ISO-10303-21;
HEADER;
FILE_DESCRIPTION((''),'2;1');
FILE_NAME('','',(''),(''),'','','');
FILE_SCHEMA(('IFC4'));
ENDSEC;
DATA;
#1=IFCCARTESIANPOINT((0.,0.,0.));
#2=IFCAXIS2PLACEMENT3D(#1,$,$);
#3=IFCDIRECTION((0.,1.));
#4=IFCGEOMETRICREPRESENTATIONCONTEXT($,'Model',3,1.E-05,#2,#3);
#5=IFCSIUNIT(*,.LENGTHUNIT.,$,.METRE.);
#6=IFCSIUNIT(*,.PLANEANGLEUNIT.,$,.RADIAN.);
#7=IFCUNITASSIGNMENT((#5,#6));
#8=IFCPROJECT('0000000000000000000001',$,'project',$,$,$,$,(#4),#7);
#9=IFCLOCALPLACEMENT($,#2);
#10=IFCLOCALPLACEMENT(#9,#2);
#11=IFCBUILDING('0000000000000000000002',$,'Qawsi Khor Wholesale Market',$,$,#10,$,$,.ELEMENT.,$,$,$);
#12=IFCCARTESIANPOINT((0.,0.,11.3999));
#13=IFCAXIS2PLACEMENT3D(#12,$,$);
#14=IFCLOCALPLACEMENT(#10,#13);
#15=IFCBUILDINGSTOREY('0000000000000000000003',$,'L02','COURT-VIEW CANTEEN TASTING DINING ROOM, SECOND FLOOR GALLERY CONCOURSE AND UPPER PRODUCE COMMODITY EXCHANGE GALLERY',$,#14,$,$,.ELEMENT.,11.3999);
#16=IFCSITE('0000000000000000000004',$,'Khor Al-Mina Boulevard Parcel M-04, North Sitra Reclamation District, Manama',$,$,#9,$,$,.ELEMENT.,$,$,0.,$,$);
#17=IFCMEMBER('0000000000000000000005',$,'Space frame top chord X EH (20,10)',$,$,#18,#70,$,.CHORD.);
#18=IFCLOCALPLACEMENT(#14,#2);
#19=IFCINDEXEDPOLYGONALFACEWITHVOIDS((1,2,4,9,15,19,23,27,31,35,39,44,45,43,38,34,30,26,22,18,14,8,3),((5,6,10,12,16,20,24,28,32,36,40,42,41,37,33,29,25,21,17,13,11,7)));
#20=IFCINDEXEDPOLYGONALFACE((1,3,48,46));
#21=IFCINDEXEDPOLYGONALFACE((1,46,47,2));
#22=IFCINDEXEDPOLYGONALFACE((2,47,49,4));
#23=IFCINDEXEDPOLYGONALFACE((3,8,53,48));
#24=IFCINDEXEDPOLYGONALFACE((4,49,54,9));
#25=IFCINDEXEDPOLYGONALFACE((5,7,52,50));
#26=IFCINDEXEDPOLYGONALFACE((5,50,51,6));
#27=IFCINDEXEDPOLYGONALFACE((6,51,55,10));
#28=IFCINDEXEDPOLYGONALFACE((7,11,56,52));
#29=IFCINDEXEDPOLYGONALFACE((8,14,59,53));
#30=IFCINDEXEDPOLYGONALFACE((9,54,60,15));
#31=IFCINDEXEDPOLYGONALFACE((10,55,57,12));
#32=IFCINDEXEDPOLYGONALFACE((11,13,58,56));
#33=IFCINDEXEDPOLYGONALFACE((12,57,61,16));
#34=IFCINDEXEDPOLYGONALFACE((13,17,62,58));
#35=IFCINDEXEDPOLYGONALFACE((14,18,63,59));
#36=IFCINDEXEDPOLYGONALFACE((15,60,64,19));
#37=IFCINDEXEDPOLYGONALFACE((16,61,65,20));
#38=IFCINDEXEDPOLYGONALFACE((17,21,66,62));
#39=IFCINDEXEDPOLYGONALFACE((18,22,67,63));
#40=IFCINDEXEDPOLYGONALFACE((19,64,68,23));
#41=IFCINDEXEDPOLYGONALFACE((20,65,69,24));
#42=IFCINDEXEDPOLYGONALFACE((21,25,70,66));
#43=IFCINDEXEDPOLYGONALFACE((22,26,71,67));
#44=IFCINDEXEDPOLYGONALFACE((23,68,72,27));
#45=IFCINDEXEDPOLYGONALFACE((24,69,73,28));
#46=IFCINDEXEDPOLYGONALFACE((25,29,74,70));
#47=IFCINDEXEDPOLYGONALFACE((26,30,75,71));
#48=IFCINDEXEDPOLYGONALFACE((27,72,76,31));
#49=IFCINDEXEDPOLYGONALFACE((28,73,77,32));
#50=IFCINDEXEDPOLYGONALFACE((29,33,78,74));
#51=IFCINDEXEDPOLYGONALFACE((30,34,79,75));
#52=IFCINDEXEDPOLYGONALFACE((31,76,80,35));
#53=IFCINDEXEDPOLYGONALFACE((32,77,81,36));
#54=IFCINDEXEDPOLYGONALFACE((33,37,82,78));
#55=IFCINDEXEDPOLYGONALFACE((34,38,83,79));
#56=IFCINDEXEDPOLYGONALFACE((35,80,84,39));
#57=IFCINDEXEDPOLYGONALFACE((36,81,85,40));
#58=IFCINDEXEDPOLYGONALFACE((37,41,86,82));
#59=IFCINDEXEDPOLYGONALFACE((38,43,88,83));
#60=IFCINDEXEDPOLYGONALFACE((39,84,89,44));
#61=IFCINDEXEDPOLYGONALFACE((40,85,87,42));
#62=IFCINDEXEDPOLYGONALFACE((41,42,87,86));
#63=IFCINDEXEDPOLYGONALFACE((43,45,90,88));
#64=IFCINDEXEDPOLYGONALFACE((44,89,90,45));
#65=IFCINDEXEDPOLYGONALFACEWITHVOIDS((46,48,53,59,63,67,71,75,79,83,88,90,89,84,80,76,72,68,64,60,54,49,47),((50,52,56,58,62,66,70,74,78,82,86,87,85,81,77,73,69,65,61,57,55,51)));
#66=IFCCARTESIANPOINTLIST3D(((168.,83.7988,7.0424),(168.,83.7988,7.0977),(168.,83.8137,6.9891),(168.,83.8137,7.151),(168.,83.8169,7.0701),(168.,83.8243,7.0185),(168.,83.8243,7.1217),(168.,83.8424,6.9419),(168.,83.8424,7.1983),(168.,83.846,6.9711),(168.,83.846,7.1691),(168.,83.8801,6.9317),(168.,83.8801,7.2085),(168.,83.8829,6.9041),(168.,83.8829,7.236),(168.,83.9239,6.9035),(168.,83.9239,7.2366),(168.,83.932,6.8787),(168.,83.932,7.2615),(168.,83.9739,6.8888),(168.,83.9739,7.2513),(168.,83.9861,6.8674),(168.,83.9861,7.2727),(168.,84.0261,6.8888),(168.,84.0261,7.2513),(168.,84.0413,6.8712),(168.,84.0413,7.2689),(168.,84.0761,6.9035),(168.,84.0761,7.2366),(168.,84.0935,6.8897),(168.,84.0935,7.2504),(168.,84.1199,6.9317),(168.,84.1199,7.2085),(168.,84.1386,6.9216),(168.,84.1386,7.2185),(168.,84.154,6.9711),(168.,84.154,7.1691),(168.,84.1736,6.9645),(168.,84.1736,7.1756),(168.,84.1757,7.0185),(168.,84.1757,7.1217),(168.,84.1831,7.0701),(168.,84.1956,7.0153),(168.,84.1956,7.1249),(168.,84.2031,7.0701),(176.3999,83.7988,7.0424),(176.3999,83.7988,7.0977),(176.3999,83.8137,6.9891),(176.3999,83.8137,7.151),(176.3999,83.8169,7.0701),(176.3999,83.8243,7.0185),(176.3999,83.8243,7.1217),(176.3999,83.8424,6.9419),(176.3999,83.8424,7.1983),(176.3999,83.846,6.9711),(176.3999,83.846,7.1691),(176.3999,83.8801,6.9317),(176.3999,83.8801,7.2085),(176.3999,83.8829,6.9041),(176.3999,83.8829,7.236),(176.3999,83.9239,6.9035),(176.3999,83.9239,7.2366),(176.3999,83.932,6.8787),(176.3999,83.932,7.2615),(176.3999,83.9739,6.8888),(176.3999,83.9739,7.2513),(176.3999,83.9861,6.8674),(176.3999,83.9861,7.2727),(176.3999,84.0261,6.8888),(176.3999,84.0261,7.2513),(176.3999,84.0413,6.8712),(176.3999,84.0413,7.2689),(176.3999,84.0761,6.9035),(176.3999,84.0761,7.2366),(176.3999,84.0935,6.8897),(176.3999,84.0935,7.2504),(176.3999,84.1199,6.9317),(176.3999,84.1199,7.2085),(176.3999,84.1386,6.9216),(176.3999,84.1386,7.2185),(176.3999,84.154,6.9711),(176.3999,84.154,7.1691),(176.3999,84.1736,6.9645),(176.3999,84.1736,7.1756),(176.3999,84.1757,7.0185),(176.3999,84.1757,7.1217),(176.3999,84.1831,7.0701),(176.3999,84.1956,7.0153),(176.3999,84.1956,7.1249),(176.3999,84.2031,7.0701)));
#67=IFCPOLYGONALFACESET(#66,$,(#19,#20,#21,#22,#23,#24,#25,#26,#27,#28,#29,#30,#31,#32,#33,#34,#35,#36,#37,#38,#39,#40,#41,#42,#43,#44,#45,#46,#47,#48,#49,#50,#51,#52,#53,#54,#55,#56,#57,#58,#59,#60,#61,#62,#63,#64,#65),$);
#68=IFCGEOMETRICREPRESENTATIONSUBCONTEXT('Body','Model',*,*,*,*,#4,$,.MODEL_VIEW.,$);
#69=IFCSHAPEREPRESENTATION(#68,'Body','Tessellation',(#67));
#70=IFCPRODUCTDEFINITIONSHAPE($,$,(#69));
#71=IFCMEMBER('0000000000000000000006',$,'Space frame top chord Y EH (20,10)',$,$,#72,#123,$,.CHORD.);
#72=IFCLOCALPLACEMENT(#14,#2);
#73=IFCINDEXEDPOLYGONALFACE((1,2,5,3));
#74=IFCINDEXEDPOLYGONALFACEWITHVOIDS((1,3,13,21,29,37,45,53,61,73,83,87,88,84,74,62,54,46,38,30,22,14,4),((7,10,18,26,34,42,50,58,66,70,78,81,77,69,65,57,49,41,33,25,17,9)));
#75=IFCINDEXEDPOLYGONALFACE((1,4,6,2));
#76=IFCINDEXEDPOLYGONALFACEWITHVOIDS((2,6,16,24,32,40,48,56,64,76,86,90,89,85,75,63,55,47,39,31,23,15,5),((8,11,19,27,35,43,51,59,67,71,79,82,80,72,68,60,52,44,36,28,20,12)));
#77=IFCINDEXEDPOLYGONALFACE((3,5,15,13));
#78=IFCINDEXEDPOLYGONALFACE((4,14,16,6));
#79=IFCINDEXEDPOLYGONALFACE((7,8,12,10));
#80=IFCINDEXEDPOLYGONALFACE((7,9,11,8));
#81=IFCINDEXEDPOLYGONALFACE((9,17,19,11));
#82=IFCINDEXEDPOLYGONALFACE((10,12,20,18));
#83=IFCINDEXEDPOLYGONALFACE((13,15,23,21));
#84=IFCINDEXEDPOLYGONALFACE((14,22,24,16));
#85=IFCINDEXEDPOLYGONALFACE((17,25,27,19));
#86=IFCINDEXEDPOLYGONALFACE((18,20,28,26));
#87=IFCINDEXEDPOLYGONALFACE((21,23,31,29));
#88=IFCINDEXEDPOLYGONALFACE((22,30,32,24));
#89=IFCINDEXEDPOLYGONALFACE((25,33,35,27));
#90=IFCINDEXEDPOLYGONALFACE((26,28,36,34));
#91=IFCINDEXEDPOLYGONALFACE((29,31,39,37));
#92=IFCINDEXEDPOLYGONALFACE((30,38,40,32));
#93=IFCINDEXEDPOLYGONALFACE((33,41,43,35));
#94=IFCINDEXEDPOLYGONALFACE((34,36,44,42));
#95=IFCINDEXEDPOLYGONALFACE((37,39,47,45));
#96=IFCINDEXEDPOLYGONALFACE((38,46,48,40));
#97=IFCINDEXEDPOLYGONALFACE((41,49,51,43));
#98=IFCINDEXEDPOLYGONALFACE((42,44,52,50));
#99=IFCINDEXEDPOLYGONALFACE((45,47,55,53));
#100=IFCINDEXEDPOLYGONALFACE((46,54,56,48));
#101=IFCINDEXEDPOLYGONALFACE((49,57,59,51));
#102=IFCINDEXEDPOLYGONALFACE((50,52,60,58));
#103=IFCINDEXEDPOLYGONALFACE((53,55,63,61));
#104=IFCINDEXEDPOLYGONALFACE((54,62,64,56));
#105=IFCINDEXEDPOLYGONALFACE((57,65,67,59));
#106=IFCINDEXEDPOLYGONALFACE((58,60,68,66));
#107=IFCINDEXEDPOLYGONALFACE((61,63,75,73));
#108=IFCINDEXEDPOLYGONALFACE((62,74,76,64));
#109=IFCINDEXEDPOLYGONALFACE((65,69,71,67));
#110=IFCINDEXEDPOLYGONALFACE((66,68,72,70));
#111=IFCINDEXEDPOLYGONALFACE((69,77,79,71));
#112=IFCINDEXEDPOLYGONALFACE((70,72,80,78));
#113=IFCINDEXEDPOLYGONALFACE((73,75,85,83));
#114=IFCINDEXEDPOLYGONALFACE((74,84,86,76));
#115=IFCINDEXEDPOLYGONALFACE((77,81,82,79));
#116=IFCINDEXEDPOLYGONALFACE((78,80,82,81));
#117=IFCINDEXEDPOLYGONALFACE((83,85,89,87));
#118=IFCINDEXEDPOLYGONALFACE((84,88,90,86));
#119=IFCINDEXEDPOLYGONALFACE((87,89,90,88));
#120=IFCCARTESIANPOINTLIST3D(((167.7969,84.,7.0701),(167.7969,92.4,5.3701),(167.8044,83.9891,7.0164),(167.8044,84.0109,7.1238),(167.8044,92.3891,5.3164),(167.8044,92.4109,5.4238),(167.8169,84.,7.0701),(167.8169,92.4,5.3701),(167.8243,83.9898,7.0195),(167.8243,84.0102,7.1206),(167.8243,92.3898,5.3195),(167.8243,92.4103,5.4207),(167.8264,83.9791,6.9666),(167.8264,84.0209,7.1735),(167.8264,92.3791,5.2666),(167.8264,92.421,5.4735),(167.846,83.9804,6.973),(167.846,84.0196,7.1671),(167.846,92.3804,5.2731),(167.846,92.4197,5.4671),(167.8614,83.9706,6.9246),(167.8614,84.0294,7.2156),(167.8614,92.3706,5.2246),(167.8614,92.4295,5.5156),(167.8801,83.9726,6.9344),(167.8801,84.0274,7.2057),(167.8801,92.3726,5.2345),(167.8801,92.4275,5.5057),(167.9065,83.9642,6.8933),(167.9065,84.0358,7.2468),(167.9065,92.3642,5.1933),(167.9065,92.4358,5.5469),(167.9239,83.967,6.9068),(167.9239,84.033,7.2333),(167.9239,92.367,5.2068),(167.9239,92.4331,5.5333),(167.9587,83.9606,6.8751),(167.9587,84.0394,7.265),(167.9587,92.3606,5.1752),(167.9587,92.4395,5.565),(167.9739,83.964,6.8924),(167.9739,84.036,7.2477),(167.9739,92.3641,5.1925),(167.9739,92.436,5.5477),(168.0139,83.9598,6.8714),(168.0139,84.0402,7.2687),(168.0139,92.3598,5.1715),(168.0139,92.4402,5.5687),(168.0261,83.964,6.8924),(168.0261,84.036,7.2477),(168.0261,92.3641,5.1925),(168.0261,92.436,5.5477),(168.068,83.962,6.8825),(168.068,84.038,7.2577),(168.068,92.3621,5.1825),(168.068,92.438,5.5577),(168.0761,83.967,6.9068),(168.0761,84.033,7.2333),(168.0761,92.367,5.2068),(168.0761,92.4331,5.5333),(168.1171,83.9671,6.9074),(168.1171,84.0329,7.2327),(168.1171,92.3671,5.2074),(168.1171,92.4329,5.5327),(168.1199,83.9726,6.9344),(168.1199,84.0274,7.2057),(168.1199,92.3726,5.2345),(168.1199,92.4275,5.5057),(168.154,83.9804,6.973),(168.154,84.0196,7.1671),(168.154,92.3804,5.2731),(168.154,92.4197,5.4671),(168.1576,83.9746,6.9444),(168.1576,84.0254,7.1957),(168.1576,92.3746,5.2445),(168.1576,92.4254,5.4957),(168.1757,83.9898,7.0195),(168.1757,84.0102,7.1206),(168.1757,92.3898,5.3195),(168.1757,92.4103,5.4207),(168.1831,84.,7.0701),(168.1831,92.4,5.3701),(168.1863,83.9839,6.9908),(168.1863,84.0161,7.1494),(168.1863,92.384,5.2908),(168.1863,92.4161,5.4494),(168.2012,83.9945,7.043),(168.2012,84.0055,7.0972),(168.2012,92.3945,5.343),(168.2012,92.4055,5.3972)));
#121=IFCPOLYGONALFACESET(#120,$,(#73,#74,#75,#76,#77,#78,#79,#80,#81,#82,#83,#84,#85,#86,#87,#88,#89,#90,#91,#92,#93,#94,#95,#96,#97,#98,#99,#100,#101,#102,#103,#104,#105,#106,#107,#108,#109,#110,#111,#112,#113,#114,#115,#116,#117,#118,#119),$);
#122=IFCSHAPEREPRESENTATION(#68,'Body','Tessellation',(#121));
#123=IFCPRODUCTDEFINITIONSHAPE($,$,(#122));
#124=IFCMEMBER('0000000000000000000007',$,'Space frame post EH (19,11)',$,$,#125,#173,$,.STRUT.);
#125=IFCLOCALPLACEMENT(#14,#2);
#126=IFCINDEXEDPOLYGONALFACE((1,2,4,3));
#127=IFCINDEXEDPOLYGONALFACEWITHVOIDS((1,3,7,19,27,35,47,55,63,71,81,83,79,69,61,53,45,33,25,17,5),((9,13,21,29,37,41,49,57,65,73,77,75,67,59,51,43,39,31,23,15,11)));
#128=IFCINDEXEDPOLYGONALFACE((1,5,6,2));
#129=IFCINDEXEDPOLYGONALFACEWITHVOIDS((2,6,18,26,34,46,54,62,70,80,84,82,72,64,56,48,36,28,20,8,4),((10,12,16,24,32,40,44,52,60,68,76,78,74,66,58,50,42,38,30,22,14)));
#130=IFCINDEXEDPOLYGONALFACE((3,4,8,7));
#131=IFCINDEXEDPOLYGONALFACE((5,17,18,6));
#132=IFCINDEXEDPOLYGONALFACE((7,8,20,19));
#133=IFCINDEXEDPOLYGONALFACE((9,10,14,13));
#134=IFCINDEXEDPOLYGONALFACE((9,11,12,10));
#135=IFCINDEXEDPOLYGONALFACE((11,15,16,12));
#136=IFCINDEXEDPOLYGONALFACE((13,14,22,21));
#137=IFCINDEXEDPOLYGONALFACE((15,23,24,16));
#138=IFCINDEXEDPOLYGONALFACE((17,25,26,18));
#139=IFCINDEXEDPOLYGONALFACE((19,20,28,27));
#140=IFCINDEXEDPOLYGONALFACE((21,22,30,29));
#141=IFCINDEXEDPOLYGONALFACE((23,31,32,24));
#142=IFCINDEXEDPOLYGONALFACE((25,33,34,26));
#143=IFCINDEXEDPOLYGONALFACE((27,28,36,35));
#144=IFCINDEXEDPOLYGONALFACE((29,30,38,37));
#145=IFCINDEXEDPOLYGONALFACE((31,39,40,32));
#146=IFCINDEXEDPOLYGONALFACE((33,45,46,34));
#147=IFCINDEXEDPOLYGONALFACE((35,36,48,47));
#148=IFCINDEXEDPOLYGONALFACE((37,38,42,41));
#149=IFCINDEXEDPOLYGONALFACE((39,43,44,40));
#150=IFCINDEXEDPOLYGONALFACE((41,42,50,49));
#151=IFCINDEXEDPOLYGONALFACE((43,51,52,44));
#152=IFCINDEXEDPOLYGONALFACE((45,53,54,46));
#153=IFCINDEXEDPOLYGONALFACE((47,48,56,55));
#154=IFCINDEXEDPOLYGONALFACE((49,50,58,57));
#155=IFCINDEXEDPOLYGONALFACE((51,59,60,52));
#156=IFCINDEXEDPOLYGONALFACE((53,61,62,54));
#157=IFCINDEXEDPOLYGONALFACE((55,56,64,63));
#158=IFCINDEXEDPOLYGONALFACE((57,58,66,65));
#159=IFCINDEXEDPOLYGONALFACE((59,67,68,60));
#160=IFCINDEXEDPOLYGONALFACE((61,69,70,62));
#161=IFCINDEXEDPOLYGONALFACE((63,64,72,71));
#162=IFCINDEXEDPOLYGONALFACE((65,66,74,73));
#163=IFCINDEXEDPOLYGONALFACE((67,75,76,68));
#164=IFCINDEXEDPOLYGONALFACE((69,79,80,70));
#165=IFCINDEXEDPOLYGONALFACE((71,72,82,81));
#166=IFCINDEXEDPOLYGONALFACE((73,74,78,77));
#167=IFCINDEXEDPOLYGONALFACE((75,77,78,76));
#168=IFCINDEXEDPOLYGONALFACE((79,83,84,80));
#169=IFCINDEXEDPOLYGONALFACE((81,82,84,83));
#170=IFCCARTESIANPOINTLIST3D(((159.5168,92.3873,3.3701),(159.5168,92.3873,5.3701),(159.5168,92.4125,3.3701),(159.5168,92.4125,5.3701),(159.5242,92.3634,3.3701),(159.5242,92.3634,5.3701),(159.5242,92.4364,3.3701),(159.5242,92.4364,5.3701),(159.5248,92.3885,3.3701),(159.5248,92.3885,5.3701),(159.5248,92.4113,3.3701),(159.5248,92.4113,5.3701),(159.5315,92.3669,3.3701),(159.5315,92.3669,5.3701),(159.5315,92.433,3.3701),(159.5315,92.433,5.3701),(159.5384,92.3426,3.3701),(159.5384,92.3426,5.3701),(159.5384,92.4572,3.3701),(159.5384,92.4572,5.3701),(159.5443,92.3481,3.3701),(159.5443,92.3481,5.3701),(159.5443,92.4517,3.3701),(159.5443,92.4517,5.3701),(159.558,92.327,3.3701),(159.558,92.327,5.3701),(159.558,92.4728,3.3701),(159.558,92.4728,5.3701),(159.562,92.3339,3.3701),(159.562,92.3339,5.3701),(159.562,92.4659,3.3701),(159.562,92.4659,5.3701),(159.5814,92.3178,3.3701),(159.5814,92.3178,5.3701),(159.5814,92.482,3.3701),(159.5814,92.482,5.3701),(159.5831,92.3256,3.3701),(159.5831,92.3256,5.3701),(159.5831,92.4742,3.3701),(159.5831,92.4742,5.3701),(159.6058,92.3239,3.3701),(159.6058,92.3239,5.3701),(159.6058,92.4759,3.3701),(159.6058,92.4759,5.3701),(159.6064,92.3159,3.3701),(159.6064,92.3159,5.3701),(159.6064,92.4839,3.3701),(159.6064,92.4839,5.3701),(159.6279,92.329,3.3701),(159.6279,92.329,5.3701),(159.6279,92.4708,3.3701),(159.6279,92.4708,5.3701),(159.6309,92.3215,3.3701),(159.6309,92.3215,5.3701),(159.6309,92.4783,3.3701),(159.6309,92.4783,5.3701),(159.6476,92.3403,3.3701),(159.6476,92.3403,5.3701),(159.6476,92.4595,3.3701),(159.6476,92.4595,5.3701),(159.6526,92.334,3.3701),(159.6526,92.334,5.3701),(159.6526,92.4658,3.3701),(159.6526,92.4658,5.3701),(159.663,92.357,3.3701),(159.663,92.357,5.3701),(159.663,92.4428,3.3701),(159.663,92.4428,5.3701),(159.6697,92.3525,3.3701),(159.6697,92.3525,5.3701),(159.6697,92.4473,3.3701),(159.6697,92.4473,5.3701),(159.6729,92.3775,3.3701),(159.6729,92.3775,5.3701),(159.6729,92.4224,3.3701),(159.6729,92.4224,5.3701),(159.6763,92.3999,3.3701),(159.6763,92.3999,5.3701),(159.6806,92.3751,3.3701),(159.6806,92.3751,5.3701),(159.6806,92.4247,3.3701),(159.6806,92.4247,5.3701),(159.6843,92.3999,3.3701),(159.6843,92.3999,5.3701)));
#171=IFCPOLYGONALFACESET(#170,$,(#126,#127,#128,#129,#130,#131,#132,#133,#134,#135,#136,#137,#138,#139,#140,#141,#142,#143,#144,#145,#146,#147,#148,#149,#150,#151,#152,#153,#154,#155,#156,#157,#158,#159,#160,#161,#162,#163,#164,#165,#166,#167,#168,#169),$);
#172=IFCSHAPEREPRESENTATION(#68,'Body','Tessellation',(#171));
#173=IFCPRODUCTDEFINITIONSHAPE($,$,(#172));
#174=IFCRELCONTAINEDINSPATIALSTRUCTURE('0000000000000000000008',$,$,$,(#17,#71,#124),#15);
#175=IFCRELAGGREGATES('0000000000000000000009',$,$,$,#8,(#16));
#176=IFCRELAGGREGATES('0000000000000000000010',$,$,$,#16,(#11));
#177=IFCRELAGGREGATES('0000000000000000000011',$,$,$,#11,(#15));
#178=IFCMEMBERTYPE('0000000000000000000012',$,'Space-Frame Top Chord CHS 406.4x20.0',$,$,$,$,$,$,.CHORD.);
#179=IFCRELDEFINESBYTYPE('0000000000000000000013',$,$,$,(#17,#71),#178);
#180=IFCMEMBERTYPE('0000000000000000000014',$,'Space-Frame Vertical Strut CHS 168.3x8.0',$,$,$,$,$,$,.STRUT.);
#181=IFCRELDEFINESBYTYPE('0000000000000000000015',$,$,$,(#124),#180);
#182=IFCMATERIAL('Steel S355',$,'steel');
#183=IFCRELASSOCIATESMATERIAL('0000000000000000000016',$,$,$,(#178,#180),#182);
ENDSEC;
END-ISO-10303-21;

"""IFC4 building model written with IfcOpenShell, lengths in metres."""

from ifc_helpers import new_model, si_unit, direction, frame, origin, origin_2d, place, context, subcontext, project, spatial, hollow_circle, extrude, material, material_profile, profile_set, type_object, element, save


model = new_model("IFC4")

# Units and contexts
model_context = context("Model", 3, precision=1e-05, world=origin(), true_north=direction((0.0, 1.0)))
body_context = subcontext(model_context, "Body", "Model", "MODEL_VIEW")
ifc_project = project(units=[si_unit("LENGTHUNIT", "METRE"), si_unit("PLANEANGLEUNIT", "RADIAN")], contexts=[model_context])

# Site, building, storey
site_placement = place(None, origin())
site = spatial("IfcSite", under=ifc_project, at=site_placement, Name="Khor Al-Mina Boulevard Parcel M-04, North Sitra Reclamation District, Manama", CompositionType="ELEMENT", RefElevation=0.0)
building_placement = place(site_placement, origin())
building = spatial("IfcBuilding", under=site, at=building_placement, Name="Qawsi Khor Wholesale Market", CompositionType="ELEMENT")
storey_placement = place(building_placement, frame((0.0, 0.0, 11.3999)))
storey = spatial("IfcBuildingStorey", under=building, at=storey_placement, Name="L02", Description="COURT-VIEW CANTEEN TASTING DINING ROOM, SECOND FLOOR GALLERY CONCOURSE AND UPPER PRODUCE COMMODITY EXCHANGE GALLERY", CompositionType="ELEMENT", Elevation=11.3999)

# Members
ifc_material_1 = material(Name="Steel S355", Category="steel")
ifc_material_profile_1 = material_profile(ifc_material_1, hollow_circle(Radius=0.2031, WallThickness=0.02, at=origin_2d()), Name="CHS 406.4x20.0")
ifc_profile_set_1 = profile_set([ifc_material_profile_1], Name="Steel S355")
member_type_1 = type_object("IfcMemberType", Name="Space-Frame Top Chord CHS 406.4x20.0", PredefinedType="CHORD", material=ifc_profile_set_1)
member_1_placement = place(storey_placement, frame((168.0, 84.0, 7.0701), z_axis=(1.0, 0.0, 0.0), x_axis=(0.0, 1.0, 0.0)))
element("IfcMember", 1, at=member_1_placement, inside=storey, type_object=member_type_1, Name="Space frame top chord X EH (20,10)", PredefinedType="CHORD", context=body_context, shape_type="SweptSolid", body=[
    extrude(hollow_circle(Radius=0.2031, WallThickness=0.02, at=origin_2d()), origin(), (0.0, 0.0, 1.0), 8.3999),
])
member_2_placement = place(storey_placement, frame((168.0, 84.0, 7.0701), z_axis=(0.0, 0.98013, -0.198356), x_axis=(-1.0, 0.0, 0.0)))
element("IfcMember", 2, at=member_2_placement, inside=storey, type_object=member_type_1, Name="Space frame top chord Y EH (20,10)", PredefinedType="CHORD", context=body_context, shape_type="SweptSolid", body=[
    extrude(hollow_circle(Radius=0.2031, WallThickness=0.02, at=origin_2d()), origin(), (0.0, 0.0, 1.0), 8.5703),
])
ifc_material_profile_2 = material_profile(ifc_material_1, hollow_circle(Radius=0.0842, WallThickness=0.0081, at=origin_2d()), Name="CHS 168.3x8.0")
ifc_profile_set_2 = profile_set([ifc_material_profile_2], Name="Steel S355")
member_type_2 = type_object("IfcMemberType", Name="Space-Frame Vertical Strut CHS 168.3x8.0", PredefinedType="STRUT", material=ifc_profile_set_2)
for number, where, z_axis, x_axis, name in (
    (3, (159.6001, 92.3999, 3.3701), (0.0, 0.0, 1.0), (1.0, 0.0, 0.0), "Space frame post EH (19,11)"),
):
    element("IfcMember", number, at=place(storey_placement, frame(where, z_axis=z_axis, x_axis=x_axis)), inside=storey, type_object=member_type_2, Name=name, PredefinedType="STRUT", context=body_context, shape_type="SweptSolid", body=[
        extrude(hollow_circle(Radius=0.0842, WallThickness=0.0081, at=origin_2d()), origin(), (0.0, 0.0, 1.0), 2.0),
    ])

save(model, "model.ifc")
